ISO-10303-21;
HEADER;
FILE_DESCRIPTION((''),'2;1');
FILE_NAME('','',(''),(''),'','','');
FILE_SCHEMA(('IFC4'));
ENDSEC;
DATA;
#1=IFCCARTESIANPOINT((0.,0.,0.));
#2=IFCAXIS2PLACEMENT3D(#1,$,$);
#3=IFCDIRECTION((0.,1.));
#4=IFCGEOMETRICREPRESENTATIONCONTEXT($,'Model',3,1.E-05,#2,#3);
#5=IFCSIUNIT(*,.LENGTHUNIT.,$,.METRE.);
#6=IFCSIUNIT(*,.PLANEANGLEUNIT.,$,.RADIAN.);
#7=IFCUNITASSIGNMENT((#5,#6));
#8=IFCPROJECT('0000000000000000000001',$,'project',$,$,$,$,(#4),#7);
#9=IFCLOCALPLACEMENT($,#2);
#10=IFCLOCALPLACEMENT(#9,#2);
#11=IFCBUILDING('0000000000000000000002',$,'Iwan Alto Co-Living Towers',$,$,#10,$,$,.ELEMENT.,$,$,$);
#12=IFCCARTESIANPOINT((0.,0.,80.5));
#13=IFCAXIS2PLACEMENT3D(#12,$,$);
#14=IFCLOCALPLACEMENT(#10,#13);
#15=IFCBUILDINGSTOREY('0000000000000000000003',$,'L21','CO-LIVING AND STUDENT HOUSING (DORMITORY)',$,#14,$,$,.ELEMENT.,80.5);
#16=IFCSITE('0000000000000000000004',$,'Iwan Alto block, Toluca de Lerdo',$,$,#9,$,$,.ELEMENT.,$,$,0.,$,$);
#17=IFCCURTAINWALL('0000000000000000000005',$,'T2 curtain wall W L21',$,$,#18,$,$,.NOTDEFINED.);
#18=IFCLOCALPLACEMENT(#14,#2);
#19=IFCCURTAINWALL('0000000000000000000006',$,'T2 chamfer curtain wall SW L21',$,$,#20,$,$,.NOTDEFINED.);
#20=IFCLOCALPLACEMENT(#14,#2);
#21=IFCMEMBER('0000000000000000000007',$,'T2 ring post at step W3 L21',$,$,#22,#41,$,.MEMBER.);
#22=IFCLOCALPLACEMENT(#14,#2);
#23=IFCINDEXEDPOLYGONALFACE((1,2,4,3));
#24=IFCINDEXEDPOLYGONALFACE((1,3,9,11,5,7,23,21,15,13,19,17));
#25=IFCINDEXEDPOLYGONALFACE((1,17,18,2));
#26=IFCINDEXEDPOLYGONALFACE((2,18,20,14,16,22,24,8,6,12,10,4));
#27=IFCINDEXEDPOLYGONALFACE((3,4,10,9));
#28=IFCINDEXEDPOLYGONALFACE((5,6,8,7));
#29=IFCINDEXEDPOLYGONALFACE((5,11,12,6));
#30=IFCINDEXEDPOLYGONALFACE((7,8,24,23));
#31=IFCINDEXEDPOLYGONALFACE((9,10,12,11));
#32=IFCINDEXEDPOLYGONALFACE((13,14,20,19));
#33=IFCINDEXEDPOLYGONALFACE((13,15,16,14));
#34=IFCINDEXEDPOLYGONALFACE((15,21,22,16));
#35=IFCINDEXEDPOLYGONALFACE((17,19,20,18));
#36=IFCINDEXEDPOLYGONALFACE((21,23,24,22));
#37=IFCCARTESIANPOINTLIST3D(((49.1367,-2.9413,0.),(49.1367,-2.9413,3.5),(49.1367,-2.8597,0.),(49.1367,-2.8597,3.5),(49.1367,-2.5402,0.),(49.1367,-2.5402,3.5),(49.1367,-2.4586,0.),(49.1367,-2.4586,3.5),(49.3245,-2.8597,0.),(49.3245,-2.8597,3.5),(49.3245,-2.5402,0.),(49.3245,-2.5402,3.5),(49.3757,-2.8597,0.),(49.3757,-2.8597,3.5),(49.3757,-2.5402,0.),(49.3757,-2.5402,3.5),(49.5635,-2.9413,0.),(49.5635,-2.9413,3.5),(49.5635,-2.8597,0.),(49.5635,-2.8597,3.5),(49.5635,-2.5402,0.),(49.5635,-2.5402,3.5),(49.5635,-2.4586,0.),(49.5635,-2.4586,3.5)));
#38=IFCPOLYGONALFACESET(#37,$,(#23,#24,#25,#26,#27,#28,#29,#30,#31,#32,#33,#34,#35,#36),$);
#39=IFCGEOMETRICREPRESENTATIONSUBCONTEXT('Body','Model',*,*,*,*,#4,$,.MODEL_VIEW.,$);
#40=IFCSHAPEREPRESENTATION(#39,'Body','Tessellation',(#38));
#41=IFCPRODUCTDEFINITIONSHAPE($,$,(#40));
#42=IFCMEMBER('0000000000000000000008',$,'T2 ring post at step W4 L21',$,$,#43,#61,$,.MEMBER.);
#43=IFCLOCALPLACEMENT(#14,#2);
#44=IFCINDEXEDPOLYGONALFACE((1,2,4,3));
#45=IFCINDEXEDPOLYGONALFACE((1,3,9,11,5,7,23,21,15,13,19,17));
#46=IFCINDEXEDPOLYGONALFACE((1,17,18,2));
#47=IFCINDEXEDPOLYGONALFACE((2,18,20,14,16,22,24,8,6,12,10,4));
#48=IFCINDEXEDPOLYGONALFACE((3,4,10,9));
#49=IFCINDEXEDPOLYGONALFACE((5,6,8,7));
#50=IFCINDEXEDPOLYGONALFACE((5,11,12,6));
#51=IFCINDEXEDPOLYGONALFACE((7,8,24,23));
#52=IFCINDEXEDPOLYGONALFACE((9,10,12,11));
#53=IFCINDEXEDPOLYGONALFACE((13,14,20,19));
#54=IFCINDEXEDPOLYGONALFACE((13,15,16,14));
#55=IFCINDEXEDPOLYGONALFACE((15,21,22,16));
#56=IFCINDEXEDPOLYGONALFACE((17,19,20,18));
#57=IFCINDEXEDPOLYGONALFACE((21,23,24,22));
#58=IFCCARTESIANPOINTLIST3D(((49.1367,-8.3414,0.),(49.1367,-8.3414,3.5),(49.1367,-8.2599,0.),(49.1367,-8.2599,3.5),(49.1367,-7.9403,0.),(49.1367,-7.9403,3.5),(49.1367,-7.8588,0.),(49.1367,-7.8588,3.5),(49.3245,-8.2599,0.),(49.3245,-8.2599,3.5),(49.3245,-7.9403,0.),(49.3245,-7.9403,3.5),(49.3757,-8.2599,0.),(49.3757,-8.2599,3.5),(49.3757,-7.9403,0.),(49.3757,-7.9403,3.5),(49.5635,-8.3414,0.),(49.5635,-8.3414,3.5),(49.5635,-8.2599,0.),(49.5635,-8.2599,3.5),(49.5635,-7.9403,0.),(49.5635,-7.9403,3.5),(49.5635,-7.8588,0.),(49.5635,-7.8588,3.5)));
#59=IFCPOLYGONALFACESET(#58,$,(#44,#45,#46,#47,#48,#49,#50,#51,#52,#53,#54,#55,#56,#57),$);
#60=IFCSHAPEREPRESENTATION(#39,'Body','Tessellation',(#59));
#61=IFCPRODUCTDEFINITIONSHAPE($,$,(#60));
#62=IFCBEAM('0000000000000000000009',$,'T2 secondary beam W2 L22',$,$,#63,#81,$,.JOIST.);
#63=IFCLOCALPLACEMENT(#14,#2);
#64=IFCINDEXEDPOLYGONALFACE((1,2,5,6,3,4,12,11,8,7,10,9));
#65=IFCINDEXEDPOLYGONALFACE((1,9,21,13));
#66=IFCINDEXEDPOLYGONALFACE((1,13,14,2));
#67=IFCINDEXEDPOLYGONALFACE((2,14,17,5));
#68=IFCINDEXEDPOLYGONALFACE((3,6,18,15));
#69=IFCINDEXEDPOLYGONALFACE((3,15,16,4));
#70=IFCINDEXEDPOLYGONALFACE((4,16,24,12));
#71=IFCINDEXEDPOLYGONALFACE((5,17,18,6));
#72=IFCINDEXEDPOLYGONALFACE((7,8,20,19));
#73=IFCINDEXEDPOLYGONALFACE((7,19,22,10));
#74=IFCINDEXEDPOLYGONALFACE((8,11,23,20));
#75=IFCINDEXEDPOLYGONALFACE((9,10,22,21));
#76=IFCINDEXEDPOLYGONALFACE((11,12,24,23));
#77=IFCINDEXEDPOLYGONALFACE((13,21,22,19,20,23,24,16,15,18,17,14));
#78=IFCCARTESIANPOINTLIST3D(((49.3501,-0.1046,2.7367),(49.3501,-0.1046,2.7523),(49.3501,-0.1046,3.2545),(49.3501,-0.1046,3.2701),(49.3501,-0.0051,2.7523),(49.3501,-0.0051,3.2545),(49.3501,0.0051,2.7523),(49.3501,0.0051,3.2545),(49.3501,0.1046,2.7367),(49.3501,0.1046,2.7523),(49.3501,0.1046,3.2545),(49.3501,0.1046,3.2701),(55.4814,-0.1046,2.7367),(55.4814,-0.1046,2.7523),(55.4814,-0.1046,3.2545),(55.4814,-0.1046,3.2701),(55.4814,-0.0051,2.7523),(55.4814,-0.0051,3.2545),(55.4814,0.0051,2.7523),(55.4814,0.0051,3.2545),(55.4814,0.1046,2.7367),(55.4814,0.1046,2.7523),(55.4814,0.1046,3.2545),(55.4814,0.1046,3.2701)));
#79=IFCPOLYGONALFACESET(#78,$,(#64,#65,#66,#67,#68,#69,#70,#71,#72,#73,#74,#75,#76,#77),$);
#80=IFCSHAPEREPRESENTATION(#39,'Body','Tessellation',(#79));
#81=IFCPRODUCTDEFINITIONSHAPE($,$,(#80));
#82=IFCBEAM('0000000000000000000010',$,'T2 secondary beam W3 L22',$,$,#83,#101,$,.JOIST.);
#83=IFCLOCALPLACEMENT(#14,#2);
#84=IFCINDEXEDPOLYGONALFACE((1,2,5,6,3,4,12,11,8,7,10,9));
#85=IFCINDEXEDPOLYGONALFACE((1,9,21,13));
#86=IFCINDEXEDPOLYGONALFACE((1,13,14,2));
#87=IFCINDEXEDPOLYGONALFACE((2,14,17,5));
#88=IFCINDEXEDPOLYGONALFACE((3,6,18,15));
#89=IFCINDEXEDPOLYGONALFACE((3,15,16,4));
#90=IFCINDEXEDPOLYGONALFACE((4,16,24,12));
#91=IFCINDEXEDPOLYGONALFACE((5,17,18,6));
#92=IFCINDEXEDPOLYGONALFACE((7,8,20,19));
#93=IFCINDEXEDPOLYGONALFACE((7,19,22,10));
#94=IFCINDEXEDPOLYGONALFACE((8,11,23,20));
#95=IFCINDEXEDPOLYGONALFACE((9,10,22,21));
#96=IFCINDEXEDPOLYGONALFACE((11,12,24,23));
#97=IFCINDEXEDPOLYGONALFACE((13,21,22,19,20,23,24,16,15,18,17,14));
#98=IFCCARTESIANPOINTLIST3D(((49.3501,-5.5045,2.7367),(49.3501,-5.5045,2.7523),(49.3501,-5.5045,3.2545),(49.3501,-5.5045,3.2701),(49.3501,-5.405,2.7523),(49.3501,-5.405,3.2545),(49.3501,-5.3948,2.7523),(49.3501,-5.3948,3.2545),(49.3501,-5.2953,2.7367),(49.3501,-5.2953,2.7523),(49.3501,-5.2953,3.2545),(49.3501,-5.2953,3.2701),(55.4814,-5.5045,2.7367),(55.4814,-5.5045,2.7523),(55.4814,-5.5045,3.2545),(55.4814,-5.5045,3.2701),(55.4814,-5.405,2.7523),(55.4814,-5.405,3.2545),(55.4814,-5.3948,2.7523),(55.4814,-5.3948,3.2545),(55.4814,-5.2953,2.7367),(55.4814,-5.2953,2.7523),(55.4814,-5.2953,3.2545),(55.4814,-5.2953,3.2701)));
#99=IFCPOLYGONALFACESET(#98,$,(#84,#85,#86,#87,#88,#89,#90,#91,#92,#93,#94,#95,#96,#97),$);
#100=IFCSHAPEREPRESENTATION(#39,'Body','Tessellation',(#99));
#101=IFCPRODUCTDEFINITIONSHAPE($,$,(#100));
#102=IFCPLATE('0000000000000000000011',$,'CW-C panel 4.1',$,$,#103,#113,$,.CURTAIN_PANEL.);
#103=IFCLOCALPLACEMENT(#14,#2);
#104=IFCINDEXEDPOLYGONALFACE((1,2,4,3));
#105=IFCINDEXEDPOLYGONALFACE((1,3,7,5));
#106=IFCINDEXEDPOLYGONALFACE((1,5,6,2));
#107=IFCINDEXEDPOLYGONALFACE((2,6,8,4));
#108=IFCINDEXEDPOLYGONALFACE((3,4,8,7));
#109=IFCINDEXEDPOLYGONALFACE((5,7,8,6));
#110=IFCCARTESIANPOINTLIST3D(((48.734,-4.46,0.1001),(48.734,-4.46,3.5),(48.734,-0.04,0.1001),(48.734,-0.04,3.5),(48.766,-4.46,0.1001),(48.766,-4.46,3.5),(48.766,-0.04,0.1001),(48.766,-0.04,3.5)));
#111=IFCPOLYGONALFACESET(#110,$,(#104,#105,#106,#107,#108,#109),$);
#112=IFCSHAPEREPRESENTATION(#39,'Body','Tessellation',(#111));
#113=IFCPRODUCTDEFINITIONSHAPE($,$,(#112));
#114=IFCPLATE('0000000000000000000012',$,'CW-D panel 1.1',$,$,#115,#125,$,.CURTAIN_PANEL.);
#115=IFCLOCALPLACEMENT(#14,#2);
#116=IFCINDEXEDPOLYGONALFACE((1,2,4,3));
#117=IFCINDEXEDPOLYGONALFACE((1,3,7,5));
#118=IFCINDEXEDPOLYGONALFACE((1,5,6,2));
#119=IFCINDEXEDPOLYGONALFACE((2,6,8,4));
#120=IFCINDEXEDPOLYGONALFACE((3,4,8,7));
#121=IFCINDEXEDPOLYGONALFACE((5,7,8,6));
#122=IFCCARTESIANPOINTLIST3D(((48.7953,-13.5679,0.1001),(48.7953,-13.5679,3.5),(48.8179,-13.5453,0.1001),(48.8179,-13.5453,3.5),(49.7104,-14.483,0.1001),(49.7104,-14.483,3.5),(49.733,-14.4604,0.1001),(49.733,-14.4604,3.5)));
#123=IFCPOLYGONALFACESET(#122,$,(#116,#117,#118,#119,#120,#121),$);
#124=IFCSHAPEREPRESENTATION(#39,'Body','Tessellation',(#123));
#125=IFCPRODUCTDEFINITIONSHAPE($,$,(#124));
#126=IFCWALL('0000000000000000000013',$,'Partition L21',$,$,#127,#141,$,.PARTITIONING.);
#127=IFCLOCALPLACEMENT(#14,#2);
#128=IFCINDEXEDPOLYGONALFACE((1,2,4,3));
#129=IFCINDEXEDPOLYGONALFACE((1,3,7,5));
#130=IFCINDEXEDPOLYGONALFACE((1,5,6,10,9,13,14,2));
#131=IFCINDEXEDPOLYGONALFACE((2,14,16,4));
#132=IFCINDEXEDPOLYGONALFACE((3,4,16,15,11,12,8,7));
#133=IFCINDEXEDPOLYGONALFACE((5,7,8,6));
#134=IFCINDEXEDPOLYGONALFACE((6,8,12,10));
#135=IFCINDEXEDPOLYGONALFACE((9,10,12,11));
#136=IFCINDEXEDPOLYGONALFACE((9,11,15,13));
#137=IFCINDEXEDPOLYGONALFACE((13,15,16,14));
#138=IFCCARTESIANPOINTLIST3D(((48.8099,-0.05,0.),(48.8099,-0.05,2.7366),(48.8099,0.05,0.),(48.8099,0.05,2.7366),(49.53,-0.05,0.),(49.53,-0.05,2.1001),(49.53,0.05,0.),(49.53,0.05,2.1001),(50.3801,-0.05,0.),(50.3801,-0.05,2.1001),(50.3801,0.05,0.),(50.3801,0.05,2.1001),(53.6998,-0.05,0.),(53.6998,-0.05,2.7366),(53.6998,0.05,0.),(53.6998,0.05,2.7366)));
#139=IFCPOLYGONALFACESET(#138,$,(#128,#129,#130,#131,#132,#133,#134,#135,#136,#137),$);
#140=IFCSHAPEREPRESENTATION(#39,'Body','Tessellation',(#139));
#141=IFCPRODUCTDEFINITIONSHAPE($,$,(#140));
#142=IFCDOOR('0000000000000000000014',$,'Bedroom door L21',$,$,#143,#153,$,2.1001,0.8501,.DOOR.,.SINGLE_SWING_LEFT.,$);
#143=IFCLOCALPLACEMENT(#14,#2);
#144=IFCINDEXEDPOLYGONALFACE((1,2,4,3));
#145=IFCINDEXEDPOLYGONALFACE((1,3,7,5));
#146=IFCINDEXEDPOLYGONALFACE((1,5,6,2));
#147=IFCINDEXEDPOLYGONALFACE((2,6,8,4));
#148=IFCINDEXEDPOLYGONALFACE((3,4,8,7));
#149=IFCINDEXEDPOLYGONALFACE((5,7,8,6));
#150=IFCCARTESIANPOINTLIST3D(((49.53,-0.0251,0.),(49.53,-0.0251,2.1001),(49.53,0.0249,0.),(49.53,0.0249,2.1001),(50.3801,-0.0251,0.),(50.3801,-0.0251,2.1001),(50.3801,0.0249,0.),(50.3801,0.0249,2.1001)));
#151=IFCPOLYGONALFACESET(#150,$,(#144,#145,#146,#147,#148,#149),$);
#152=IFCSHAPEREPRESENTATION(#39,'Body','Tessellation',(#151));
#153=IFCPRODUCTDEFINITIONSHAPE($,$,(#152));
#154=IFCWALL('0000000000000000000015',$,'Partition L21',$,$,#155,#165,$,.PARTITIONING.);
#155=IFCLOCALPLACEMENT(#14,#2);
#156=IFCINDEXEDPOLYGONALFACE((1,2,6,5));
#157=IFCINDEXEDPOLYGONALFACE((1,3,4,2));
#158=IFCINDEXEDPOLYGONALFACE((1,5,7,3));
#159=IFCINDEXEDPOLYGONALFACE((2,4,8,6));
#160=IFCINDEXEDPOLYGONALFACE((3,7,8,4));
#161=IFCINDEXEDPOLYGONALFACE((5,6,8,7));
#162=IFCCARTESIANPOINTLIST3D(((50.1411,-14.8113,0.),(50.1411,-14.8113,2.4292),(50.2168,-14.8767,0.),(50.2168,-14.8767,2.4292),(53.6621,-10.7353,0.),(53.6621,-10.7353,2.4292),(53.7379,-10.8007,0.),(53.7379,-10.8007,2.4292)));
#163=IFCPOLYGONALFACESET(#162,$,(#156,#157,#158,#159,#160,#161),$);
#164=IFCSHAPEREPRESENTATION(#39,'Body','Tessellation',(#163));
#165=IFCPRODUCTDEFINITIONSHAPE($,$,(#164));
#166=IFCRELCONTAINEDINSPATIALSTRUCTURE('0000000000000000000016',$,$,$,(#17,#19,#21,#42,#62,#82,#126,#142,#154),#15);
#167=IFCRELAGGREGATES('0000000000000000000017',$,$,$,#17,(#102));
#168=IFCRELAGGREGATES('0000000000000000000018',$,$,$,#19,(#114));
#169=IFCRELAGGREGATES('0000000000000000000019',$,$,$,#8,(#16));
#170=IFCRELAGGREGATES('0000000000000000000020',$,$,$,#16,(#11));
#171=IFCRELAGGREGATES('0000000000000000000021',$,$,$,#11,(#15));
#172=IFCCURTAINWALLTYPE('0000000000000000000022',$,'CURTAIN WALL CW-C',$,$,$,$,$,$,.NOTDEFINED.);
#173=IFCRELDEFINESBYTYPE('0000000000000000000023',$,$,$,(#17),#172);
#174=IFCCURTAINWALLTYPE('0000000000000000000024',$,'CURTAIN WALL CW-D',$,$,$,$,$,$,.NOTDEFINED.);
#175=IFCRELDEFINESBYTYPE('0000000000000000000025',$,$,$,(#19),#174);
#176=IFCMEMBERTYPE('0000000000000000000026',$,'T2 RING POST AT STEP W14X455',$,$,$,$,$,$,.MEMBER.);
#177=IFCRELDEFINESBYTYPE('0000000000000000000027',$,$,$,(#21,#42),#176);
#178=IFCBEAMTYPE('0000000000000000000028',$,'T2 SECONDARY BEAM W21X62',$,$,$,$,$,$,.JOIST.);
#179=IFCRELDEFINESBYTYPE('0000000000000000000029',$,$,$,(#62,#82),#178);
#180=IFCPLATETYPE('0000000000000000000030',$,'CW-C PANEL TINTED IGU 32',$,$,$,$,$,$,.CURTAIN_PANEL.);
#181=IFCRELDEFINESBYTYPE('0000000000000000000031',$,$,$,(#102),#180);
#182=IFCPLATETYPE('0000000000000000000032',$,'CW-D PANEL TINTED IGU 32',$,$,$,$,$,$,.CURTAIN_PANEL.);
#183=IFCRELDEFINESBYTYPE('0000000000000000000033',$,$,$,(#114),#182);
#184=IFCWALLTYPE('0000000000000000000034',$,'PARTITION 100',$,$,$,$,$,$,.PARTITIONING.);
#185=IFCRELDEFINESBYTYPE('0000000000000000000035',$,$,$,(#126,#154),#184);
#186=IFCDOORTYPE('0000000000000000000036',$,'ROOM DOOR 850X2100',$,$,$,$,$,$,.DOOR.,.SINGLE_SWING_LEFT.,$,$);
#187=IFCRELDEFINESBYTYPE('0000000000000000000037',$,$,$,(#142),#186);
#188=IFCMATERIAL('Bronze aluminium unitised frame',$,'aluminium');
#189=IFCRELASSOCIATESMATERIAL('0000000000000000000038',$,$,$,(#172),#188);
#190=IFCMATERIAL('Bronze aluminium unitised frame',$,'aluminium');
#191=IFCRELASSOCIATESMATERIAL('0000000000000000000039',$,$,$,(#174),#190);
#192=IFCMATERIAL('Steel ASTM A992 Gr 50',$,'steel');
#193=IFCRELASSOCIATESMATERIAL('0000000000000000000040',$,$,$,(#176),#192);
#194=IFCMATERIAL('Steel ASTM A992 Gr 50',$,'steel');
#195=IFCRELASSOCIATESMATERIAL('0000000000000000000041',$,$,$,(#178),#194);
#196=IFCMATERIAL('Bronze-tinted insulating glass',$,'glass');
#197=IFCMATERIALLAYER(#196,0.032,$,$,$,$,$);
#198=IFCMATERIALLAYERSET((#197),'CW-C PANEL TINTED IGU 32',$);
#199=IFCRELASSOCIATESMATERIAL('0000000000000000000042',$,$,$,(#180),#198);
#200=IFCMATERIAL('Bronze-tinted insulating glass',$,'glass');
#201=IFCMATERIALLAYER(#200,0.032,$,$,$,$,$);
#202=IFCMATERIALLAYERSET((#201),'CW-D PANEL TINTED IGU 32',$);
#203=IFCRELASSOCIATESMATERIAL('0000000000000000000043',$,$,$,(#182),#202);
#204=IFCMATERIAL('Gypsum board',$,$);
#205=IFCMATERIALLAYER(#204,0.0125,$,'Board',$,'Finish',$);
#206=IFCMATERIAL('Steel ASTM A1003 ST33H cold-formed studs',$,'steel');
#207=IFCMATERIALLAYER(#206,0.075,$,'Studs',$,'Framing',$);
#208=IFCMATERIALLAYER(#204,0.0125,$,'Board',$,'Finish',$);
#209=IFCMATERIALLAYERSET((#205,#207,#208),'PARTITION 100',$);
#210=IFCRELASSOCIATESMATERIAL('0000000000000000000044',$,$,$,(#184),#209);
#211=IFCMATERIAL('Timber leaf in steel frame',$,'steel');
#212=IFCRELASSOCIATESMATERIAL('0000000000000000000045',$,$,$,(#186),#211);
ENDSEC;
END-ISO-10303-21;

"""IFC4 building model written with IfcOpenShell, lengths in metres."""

from ifc_helpers import new_model, si_unit, direction, frame, frame_2d, origin, origin_2d, place, context, subcontext, project, spatial, rectangle, i_section, extrude, material, layer, layer_set, material_profile, profile_set, type_object, element, fill, aggregate, save


model = new_model("IFC4")

# Units and contexts
model_context = context("Model", 3, precision=1e-05, world=origin(), true_north=direction((0.0, 1.0)))
body_context = subcontext(model_context, "Body", "Model", "MODEL_VIEW")
ifc_project = project(units=[si_unit("LENGTHUNIT", "METRE"), si_unit("PLANEANGLEUNIT", "RADIAN")], contexts=[model_context])

# Site, building, storey
site_placement = place(None, origin())
site = spatial("IfcSite", under=ifc_project, at=site_placement, Name="Iwan Alto block, Toluca de Lerdo", CompositionType="ELEMENT", RefElevation=0.0)
building_placement = place(site_placement, origin())
building = spatial("IfcBuilding", under=site, at=building_placement, Name="Iwan Alto Co-Living Towers", CompositionType="ELEMENT")
storey_placement = place(building_placement, frame((0.0, 0.0, 80.5)))
storey = spatial("IfcBuildingStorey", under=building, at=storey_placement, Name="L21", Description="CO-LIVING AND STUDENT HOUSING (DORMITORY)", CompositionType="ELEMENT", Elevation=80.5)

# Curtain walls
ifc_material_1 = material(Name="Bronze aluminium unitised frame", Category="aluminium")
curtain_wall_type_1 = type_object("IfcCurtainWallType", Name="CURTAIN WALL CW-C", PredefinedType="NOTDEFINED", material=ifc_material_1)
curtain_wall_1_placement = place(storey_placement, origin())
curtain_wall_1 = element("IfcCurtainWall", 1, at=curtain_wall_1_placement, inside=storey, type_object=curtain_wall_type_1, Name="T2 curtain wall W L21", PredefinedType="NOTDEFINED")
ifc_material_2 = material(Name="Bronze aluminium unitised frame", Category="aluminium")
curtain_wall_type_2 = type_object("IfcCurtainWallType", Name="CURTAIN WALL CW-D", PredefinedType="NOTDEFINED", material=ifc_material_2)
curtain_wall_2_placement = place(storey_placement, origin())
curtain_wall_2 = element("IfcCurtainWall", 2, at=curtain_wall_2_placement, inside=storey, type_object=curtain_wall_type_2, Name="T2 chamfer curtain wall SW L21", PredefinedType="NOTDEFINED")

# Members
ifc_material_3 = material(Name="Steel ASTM A992 Gr 50", Category="steel")
ifc_material_profile_1 = material_profile(ifc_material_3, i_section(OverallWidth=0.4268, OverallDepth=0.4827, WebThickness=0.0513, FlangeThickness=0.0815, at=origin_2d()), Name="W14X455")
ifc_profile_set_1 = profile_set([ifc_material_profile_1], Name="Steel ASTM A992 Gr 50")
member_type_1 = type_object("IfcMemberType", Name="T2 RING POST AT STEP W14X455", PredefinedType="MEMBER", material=ifc_profile_set_1)
for number, where, z_axis, x_axis, name in (
    (3, (49.3501, -2.7, 0.0), (0.0, 0.0, 1.0), (1.0, 0.0, 0.0), "T2 ring post at step W3 L21"),
    (4, (49.3501, -8.1001, 0.0), (0.0, 0.0, 1.0), (1.0, 0.0, 0.0), "T2 ring post at step W4 L21"),
):
    element("IfcMember", number, at=place(storey_placement, frame(where, z_axis=z_axis, x_axis=x_axis)), inside=storey, type_object=member_type_1, Name=name, PredefinedType="MEMBER", context=body_context, shape_type="SweptSolid", body=[
        extrude(i_section(OverallWidth=0.4268, OverallDepth=0.4827, WebThickness=0.0513, FlangeThickness=0.0815, at=origin_2d()), origin(), (0.0, 0.0, 1.0), 3.5),
    ])

# Beams
ifc_material_4 = material(Name="Steel ASTM A992 Gr 50", Category="steel")
ifc_material_profile_2 = material_profile(ifc_material_4, i_section(OverallWidth=0.2092, OverallDepth=0.5334, WebThickness=0.0103, FlangeThickness=0.0156, at=origin_2d()), Name="W21X62")
ifc_profile_set_2 = profile_set([ifc_material_profile_2], Name="Steel ASTM A992 Gr 50")
beam_type_1 = type_object("IfcBeamType", Name="T2 SECONDARY BEAM W21X62", PredefinedType="JOIST", material=ifc_profile_set_2)
for number, where, z_axis, x_axis, name in (
    (5, (49.3501, 0.0, 3.0034), (1.0, 0.0, 0.0), (0.0, 1.0, 0.0), "T2 secondary beam W2 L22"),
    (6, (49.3501, -5.3999, 3.0034), (1.0, 0.0, 0.0), (0.0, 1.0, 0.0), "T2 secondary beam W3 L22"),
):
    element("IfcBeam", number, at=place(storey_placement, frame(where, z_axis=z_axis, x_axis=x_axis)), inside=storey, type_object=beam_type_1, Name=name, PredefinedType="JOIST", context=body_context, shape_type="SweptSolid", body=[
        extrude(i_section(OverallWidth=0.2092, OverallDepth=0.5334, WebThickness=0.0103, FlangeThickness=0.0156, at=origin_2d()), origin(), (0.0, 0.0, 1.0), 6.1313),
    ])

# Plates
ifc_material_5 = material(Name="Bronze-tinted insulating glass", Category="glass")
ifc_layer_1 = layer(ifc_material_5, 0.032)
ifc_layer_set_1 = layer_set([ifc_layer_1], Name="CW-C PANEL TINTED IGU 32")
plate_type_1 = type_object("IfcPlateType", Name="CW-C PANEL TINTED IGU 32", PredefinedType="CURTAIN_PANEL", material=ifc_layer_set_1)
plate_1_placement = place(storey_placement, frame((48.75, -2.25, 0.1001), z_axis=(0.0, 0.0, 1.0), x_axis=(0.0, -1.0, 0.0)))
plate_1 = element("IfcPlate", 7, at=plate_1_placement, type_object=plate_type_1, Name="CW-C panel 4.1", PredefinedType="CURTAIN_PANEL", context=body_context, shape_type="SweptSolid", body=[
    extrude(rectangle(XDim=4.4199, YDim=0.032, at=origin_2d()), origin(), (0.0, 0.0, 1.0), 3.3999),
])
aggregate(curtain_wall_1, [plate_1])
ifc_material_6 = material(Name="Bronze-tinted insulating glass", Category="glass")
ifc_layer_2 = layer(ifc_material_6, 0.032)
ifc_layer_set_2 = layer_set([ifc_layer_2], Name="CW-D PANEL TINTED IGU 32")
plate_type_2 = type_object("IfcPlateType", Name="CW-D PANEL TINTED IGU 32", PredefinedType="CURTAIN_PANEL", material=ifc_layer_set_2)
plate_2_placement = place(storey_placement, frame((49.2642, -14.0142, 0.1001), z_axis=(0.0, 0.0, 1.0), x_axis=(0.707107, -0.707107, 0.0)))
plate_2 = element("IfcPlate", 8, at=plate_2_placement, type_object=plate_type_2, Name="CW-D panel 1.1", PredefinedType="CURTAIN_PANEL", context=body_context, shape_type="SweptSolid", body=[
    extrude(rectangle(XDim=1.2942, YDim=0.032, at=origin_2d()), origin(), (0.0, 0.0, 1.0), 3.3999),
])
aggregate(curtain_wall_2, [plate_2])

# Wall, opening, door
ifc_material_7 = material(Name="Gypsum board")
ifc_layer_3 = layer(ifc_material_7, 0.0125, Name="Board", Category="Finish")
ifc_material_8 = material(Name="Steel ASTM A1003 ST33H cold-formed studs", Category="steel")
ifc_layer_4 = layer(ifc_material_8, 0.075, Name="Studs", Category="Framing")
ifc_layer_5 = layer(ifc_material_7, 0.0125, Name="Board", Category="Finish")
ifc_layer_set_3 = layer_set([ifc_layer_3, ifc_layer_4, ifc_layer_5], Name="PARTITION 100")
wall_type_1 = type_object("IfcWallType", Name="PARTITION 100", PredefinedType="PARTITIONING", material=ifc_layer_set_3)
wall_1_placement = place(storey_placement, frame((48.8101, 0.0, 0.0), z_axis=(0.0, 0.0, 1.0), x_axis=(1.0, 0.0, 0.0)))
wall_1 = element("IfcWall", 9, at=wall_1_placement, inside=storey, type_object=wall_type_1, Name="Partition L21", PredefinedType="PARTITIONING", context=body_context, shape_type="SweptSolid", body=[
    extrude(rectangle(XDim=4.8899, YDim=0.1001, at=frame_2d((2.4448, 0.0))), origin(), (0.0, 0.0, 1.0), 2.7366),
])
opening_1_placement = place(wall_1_placement, frame((0.72, 0.0, 0.0)))
opening_1 = element("IfcOpeningElement", 10, at=opening_1_placement, cuts=wall_1, PredefinedType="OPENING", context=body_context, shape_type="SweptSolid", body=[
    extrude(rectangle(XDim=0.8501, YDim=2.1001, at=frame_2d((0.425, 1.05))), frame((0.0, 0.0601, 0.0), z_axis=(0.0, -1.0, 0.0), x_axis=(1.0, 0.0, 0.0)), (0.0, 0.0, 1.0), 0.1201),
])
ifc_material_9 = material(Name="Timber leaf in steel frame", Category="steel")
door_type = type_object("IfcDoorType", Name="ROOM DOOR 850X2100", OperationType="SINGLE_SWING_LEFT", PredefinedType="DOOR", material=ifc_material_9)
door_1_placement = place(opening_1_placement, origin())
door_1 = element("IfcDoor", 11, at=door_1_placement, inside=storey, type_object=door_type, Name="Bedroom door L21", OperationType="SINGLE_SWING_LEFT", OverallHeight=2.1001, OverallWidth=0.8501, PredefinedType="DOOR", context=body_context, shape_type="SweptSolid", body=[
    extrude(rectangle(XDim=0.8501, YDim=2.1001, at=frame_2d((0.425, 1.05))), frame((0.0, 0.0249, 0.0), z_axis=(0.0, -1.0, 0.0), x_axis=(1.0, 0.0, 0.0)), (0.0, 0.0, 1.0), 0.05),
])
fill(opening_1, door_1)

# Wall
wall_2_placement = place(storey_placement, frame((50.179, -14.844, 0.0), z_axis=(0.0, 0.0, 1.0), x_axis=(0.653713, 0.756742, 0.0)))
element("IfcWall", 12, at=wall_2_placement, inside=storey, type_object=wall_type_1, Name="Partition L21", PredefinedType="PARTITIONING", context=body_context, shape_type="SweptSolid", body=[
    extrude(rectangle(XDim=5.3862, YDim=0.1001, at=frame_2d((2.6931, 0.0))), origin(), (0.0, 0.0, 1.0), 2.4292),
])

save(model, "model.ifc")
